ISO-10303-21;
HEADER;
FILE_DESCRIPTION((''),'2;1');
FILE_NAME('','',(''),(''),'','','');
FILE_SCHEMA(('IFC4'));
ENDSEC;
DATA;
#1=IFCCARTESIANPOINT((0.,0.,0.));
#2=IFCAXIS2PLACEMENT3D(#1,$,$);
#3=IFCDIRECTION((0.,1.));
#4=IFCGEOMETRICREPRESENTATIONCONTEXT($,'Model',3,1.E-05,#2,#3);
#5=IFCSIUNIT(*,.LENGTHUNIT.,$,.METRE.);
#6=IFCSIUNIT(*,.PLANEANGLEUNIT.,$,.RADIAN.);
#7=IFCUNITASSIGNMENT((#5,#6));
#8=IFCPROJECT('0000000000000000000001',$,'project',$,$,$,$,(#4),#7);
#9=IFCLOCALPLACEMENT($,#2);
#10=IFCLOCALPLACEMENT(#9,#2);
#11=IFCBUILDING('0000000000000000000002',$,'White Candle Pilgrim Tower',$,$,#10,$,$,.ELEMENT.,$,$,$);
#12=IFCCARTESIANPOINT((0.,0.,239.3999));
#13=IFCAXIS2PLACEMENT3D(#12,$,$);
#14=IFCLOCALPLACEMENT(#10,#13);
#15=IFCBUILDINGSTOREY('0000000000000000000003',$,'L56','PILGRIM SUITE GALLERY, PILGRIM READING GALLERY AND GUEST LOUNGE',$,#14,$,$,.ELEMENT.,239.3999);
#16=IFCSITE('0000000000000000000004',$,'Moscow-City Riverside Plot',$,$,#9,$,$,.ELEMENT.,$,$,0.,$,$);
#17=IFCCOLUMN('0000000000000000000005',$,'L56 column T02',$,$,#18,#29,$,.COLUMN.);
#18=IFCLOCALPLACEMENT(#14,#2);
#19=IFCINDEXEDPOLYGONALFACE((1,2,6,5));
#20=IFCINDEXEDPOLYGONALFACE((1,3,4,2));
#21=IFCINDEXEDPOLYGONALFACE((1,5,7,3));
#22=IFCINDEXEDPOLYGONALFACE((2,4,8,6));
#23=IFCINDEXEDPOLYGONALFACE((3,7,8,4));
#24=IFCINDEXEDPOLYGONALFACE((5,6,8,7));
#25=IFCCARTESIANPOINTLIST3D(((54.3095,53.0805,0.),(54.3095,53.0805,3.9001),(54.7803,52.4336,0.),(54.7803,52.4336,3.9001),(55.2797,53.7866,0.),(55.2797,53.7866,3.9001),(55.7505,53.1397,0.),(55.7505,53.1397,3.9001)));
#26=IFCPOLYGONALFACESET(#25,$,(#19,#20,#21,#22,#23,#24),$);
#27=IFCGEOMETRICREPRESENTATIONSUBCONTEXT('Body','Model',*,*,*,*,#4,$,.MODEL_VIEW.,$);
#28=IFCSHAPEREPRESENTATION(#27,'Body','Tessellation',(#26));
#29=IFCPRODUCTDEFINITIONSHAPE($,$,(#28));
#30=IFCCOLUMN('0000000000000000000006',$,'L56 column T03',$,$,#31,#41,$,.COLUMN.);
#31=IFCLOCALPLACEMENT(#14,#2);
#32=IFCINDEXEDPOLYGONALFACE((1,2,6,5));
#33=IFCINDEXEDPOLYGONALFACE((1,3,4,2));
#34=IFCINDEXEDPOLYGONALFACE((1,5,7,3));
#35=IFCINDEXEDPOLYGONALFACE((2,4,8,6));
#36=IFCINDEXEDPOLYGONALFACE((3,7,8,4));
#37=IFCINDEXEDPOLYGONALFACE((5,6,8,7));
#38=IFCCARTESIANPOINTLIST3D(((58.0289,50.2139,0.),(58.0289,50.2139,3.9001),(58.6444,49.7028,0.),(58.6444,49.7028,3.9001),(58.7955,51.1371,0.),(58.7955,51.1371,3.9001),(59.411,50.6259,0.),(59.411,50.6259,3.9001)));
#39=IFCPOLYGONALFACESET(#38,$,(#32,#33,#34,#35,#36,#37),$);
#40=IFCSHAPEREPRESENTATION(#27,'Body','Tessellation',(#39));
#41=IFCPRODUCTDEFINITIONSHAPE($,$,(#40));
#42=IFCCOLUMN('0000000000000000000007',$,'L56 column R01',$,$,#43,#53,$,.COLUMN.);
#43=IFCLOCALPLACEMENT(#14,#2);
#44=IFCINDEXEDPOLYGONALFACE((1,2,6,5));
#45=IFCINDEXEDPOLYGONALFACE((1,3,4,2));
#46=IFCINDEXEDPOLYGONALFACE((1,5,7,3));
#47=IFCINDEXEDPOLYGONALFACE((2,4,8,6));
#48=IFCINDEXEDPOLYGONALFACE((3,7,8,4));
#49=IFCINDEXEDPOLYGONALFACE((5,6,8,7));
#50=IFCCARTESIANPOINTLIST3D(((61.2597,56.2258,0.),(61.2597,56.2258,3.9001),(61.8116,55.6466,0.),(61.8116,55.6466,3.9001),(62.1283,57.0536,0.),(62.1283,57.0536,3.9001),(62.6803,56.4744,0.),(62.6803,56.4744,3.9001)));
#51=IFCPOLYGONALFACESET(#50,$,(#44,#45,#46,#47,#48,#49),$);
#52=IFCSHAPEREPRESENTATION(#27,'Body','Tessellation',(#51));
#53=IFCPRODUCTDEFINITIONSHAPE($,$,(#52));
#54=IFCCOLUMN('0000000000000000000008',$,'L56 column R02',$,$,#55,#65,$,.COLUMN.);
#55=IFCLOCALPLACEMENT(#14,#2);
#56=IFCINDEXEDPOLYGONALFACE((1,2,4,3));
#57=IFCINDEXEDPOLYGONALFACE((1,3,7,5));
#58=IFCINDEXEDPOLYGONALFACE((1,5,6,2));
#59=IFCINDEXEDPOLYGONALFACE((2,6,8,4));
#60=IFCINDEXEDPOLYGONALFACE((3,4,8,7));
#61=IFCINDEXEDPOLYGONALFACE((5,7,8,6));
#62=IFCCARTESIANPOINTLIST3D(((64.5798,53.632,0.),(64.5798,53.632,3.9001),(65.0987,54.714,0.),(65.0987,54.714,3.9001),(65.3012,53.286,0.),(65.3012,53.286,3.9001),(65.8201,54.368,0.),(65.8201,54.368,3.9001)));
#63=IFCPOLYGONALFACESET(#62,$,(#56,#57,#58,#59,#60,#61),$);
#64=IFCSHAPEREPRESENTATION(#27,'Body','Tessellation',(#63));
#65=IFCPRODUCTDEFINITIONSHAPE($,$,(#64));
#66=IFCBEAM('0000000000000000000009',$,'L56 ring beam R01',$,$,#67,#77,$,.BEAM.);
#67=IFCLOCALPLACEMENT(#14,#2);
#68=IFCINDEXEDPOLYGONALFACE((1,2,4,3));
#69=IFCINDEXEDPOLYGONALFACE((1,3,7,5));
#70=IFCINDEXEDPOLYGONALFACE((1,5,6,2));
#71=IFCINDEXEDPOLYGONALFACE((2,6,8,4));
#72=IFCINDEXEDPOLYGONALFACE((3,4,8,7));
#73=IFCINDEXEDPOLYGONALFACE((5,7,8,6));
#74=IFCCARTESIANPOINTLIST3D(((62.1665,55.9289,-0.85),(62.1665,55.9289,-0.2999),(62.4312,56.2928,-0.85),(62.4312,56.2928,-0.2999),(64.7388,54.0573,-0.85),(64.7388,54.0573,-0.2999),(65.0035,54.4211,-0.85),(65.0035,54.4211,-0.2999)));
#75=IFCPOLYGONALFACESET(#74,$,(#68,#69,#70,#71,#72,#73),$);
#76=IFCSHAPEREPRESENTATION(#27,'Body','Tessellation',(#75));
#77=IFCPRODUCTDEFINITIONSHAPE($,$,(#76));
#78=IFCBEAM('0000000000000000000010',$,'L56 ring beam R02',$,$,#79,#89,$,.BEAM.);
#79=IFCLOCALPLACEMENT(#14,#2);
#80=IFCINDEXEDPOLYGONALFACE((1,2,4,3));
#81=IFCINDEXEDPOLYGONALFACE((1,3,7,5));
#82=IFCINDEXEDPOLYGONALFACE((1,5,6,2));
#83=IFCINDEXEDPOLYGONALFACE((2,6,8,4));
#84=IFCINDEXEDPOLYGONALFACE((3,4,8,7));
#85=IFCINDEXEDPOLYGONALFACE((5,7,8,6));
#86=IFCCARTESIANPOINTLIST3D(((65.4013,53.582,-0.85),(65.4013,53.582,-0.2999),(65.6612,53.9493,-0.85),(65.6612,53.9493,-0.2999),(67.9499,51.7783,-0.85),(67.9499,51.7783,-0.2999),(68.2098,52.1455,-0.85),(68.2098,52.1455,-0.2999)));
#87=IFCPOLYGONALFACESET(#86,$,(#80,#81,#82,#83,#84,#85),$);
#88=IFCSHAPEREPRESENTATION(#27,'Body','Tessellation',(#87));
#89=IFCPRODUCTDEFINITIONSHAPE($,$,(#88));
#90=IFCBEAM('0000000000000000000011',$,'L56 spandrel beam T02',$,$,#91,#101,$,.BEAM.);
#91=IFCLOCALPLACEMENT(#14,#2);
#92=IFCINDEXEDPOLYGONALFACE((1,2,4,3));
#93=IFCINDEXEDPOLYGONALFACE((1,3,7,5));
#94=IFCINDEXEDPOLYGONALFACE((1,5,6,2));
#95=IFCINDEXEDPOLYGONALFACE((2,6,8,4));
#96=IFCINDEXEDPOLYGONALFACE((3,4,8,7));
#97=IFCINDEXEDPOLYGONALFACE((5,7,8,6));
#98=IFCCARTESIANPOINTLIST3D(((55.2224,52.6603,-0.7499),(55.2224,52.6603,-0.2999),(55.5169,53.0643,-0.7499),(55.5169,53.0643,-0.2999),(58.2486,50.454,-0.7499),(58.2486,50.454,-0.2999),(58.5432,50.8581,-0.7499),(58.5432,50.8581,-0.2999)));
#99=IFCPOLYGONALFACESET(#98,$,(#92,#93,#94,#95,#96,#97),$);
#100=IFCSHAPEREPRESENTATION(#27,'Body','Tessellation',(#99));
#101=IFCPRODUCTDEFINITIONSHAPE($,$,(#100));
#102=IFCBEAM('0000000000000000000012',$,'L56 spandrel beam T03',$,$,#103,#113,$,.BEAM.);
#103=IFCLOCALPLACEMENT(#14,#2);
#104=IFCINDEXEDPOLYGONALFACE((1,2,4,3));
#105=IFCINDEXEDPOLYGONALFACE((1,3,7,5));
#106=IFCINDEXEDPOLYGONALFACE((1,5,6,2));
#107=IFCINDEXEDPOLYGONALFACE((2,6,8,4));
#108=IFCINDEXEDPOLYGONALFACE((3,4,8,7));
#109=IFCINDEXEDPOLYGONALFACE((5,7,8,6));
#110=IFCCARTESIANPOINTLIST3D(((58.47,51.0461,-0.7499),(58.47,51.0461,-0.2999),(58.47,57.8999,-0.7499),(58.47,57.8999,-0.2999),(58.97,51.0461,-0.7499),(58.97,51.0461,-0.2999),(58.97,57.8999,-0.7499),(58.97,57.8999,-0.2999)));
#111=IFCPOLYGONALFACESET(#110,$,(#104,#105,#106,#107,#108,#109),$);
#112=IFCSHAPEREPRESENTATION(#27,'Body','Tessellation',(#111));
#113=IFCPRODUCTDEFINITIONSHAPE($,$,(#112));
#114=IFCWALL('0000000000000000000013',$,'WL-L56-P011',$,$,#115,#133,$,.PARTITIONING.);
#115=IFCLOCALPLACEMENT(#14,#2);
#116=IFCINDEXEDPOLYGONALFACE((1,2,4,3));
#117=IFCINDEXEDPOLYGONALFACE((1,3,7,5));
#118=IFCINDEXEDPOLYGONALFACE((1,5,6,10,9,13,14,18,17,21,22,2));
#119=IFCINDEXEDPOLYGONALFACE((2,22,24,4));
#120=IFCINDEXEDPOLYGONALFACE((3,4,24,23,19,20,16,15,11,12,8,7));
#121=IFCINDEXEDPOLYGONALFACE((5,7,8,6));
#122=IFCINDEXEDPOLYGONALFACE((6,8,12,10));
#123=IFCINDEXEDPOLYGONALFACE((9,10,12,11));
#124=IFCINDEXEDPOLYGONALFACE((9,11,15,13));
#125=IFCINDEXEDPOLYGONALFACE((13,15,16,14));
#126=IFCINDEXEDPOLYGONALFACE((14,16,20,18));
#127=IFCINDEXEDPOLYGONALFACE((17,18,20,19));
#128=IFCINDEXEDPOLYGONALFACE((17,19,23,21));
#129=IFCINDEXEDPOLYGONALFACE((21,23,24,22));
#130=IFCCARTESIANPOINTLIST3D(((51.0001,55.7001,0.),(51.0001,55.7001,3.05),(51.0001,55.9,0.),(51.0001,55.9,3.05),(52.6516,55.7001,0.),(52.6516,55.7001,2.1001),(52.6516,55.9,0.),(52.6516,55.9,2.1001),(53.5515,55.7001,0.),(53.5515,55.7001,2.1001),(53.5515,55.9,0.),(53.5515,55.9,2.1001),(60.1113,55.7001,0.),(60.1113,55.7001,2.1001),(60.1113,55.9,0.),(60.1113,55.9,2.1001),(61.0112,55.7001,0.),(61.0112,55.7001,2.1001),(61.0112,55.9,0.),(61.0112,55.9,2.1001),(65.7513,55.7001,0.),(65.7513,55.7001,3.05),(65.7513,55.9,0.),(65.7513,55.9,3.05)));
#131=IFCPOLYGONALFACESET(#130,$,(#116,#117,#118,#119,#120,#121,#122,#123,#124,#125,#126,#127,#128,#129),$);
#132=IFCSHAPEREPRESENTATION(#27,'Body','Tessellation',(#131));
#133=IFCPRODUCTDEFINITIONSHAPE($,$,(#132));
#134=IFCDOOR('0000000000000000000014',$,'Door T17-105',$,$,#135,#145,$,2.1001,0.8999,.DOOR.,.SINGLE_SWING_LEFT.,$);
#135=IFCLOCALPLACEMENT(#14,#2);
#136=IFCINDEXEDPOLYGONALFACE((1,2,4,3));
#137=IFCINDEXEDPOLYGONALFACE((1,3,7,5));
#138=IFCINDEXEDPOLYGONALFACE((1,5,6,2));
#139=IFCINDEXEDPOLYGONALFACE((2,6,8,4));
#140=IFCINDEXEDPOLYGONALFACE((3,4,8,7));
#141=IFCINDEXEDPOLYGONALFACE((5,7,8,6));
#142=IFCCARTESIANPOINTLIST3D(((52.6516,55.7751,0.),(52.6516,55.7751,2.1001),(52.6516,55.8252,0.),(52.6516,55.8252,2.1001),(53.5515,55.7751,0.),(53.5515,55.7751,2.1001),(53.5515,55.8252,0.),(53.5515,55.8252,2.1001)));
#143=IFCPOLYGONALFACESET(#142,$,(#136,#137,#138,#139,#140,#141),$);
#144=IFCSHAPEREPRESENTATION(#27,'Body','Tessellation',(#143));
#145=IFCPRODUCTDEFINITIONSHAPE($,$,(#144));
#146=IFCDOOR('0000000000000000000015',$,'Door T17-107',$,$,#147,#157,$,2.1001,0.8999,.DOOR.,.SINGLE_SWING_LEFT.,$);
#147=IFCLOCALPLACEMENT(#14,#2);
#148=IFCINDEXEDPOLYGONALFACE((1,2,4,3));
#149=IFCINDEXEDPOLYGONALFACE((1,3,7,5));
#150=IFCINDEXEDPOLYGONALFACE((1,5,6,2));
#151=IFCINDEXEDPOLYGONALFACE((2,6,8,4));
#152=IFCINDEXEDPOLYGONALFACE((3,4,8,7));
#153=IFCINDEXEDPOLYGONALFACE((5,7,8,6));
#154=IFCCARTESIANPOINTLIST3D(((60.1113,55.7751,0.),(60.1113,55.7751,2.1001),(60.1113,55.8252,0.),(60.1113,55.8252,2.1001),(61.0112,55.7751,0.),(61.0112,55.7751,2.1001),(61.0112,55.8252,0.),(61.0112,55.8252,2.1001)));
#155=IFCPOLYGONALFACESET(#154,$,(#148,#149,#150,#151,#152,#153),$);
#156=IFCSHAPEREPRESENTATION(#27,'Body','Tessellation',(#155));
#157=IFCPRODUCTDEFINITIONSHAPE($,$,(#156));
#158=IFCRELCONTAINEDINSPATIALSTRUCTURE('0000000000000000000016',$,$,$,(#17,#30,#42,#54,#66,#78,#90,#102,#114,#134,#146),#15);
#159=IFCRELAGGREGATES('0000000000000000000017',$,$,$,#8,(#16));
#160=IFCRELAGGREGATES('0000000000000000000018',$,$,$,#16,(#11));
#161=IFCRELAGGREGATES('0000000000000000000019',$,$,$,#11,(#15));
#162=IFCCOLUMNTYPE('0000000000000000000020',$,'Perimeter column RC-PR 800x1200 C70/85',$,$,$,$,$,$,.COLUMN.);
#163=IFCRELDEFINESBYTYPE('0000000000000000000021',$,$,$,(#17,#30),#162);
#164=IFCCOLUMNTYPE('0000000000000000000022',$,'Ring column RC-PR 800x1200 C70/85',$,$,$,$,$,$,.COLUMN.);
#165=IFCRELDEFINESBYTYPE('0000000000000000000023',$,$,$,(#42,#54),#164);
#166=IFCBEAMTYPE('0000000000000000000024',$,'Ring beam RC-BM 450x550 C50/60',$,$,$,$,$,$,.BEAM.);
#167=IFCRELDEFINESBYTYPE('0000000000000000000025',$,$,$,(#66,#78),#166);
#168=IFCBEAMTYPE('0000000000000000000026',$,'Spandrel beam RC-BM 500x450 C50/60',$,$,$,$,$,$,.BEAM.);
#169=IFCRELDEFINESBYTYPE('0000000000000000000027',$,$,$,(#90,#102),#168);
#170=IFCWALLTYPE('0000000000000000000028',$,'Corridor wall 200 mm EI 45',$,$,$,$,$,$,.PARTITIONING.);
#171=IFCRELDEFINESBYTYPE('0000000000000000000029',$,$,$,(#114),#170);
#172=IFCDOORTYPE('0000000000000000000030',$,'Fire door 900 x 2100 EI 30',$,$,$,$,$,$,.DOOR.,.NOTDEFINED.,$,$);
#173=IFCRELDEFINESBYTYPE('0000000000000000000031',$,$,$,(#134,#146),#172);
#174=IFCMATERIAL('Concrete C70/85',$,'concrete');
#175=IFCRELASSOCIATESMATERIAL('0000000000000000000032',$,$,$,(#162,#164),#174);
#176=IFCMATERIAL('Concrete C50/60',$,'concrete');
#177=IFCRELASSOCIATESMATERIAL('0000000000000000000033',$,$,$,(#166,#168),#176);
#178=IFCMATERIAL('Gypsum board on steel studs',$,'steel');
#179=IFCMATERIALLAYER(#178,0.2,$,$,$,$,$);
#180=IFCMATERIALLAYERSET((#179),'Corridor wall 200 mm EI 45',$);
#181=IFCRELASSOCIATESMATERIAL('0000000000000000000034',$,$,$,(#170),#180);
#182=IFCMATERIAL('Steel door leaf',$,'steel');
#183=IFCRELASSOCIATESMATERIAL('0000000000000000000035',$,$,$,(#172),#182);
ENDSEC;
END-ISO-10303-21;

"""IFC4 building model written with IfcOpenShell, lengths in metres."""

from ifc_helpers import new_model, si_unit, direction, frame, frame_2d, origin, origin_2d, place, context, subcontext, project, spatial, rectangle, extrude, material, layer, layer_set, material_profile, profile_set, type_object, element, fill, save


model = new_model("IFC4")

# Units and contexts
model_context = context("Model", 3, precision=1e-05, world=origin(), true_north=direction((0.0, 1.0)))
body_context = subcontext(model_context, "Body", "Model", "MODEL_VIEW")
ifc_project = project(units=[si_unit("LENGTHUNIT", "METRE"), si_unit("PLANEANGLEUNIT", "RADIAN")], contexts=[model_context])

# Site, building, storey
site_placement = place(None, origin())
site = spatial("IfcSite", under=ifc_project, at=site_placement, Name="Moscow-City Riverside Plot", CompositionType="ELEMENT", RefElevation=0.0)
building_placement = place(site_placement, origin())
building = spatial("IfcBuilding", under=site, at=building_placement, Name="White Candle Pilgrim Tower", CompositionType="ELEMENT")
storey_placement = place(building_placement, frame((0.0, 0.0, 239.3999)))
storey = spatial("IfcBuildingStorey", under=building, at=storey_placement, Name="L56", Description="PILGRIM SUITE GALLERY, PILGRIM READING GALLERY AND GUEST LOUNGE", CompositionType="ELEMENT", Elevation=239.3999)

# Columns
ifc_material_1 = material(Name="Concrete C70/85", Category="concrete")
ifc_material_profile_1 = material_profile(ifc_material_1, rectangle(XDim=0.8, YDim=1.2, at=origin_2d()), Name="RC-PR 800x1200")
ifc_profile_set_1 = profile_set([ifc_material_profile_1], Name="Concrete C70/85")
column_type_1 = type_object("IfcColumnType", Name="Perimeter column RC-PR 800x1200 C70/85", PredefinedType="COLUMN", material=ifc_profile_set_1)
for number, where, z_axis, x_axis, name in (
    (1, (55.03, 53.1101, 0.0), (0.0, 0.0, 1.0), (-0.588463, 0.808524, 0.0), "L56 column T02"),
    (2, (58.72, 50.4199, 0.0), (0.0, 0.0, 1.0), (-0.76931, 0.638875, 0.0), "L56 column T03"),
):
    element("IfcColumn", number, at=place(storey_placement, frame(where, z_axis=z_axis, x_axis=x_axis)), inside=storey, type_object=column_type_1, Name=name, PredefinedType="COLUMN", context=body_context, shape_type="SweptSolid", body=[
        extrude(rectangle(XDim=0.8, YDim=1.2, at=origin_2d()), origin(), (0.0, 0.0, 1.0), 3.9001),
    ])
ifc_material_profile_2 = material_profile(ifc_material_1, rectangle(XDim=0.8, YDim=1.2, at=origin_2d()), Name="RC-PR 800x1200")
ifc_profile_set_2 = profile_set([ifc_material_profile_2], Name="Concrete C70/85")
column_type_2 = type_object("IfcColumnType", Name="Ring column RC-PR 800x1200 C70/85", PredefinedType="COLUMN", material=ifc_profile_set_2)
for number, where, z_axis, x_axis, name in (
    (3, (61.97, 56.3501, 0.0), (0.0, 0.0, 1.0), (-0.689872, 0.723931, 0.0), "L56 column R01"),
    (4, (65.2, 54.0, 0.0), (0.0, 0.0, 1.0), (-0.901689, 0.432385, 0.0), "L56 column R02"),
):
    element("IfcColumn", number, at=place(storey_placement, frame(where, z_axis=z_axis, x_axis=x_axis)), inside=storey, type_object=column_type_2, Name=name, PredefinedType="COLUMN", context=body_context, shape_type="SweptSolid", body=[
        extrude(rectangle(XDim=0.8, YDim=1.2, at=origin_2d()), origin(), (0.0, 0.0, 1.0), 3.9001),
    ])

# Beams
ifc_material_2 = material(Name="Concrete C50/60", Category="concrete")
ifc_material_profile_3 = material_profile(ifc_material_2, rectangle(XDim=0.45, YDim=0.55, at=origin_2d()), Name="RC-BM 450x550")
ifc_profile_set_3 = profile_set([ifc_material_profile_3], Name="Concrete C50/60")
beam_type_1 = type_object("IfcBeamType", Name="Ring beam RC-BM 450x550 C50/60", PredefinedType="BEAM", material=ifc_profile_set_3)
beam_1_placement = place(storey_placement, frame((62.2988, 56.1108, -0.575), z_axis=(0.80861, -0.588345, 0.0), x_axis=(0.588345, 0.80861, 0.0)))
element("IfcBeam", 5, at=beam_1_placement, inside=storey, type_object=beam_type_1, Name="L56 ring beam R01", PredefinedType="BEAM", context=body_context, shape_type="SweptSolid", body=[
    extrude(rectangle(XDim=0.45, YDim=0.55, at=origin_2d()), origin(), (0.0, 0.0, 1.0), 3.1812),
])
beam_2_placement = place(storey_placement, frame((65.5312, 53.7656, -0.575), z_axis=(0.816256, -0.57769, 0.0), x_axis=(0.57769, 0.816256, 0.0)))
element("IfcBeam", 6, at=beam_2_placement, inside=storey, type_object=beam_type_1, Name="L56 ring beam R02", PredefinedType="BEAM", context=body_context, shape_type="SweptSolid", body=[
    extrude(rectangle(XDim=0.45, YDim=0.55, at=origin_2d()), origin(), (0.0, 0.0, 1.0), 3.1223),
])
ifc_material_profile_4 = material_profile(ifc_material_2, rectangle(XDim=0.5, YDim=0.45, at=origin_2d()), Name="RC-BM 500x450")
ifc_profile_set_4 = profile_set([ifc_material_profile_4], Name="Concrete C50/60")
beam_type_2 = type_object("IfcBeamType", Name="Spandrel beam RC-BM 500x450 C50/60", PredefinedType="BEAM", material=ifc_profile_set_4)
beam_3_placement = place(storey_placement, frame((55.3696, 52.8623, -0.5249), z_axis=(0.808062, -0.589098, 0.0), x_axis=(0.589098, 0.808062, 0.0)))
element("IfcBeam", 7, at=beam_3_placement, inside=storey, type_object=beam_type_2, Name="L56 spandrel beam T02", PredefinedType="BEAM", context=body_context, shape_type="SweptSolid", body=[
    extrude(rectangle(XDim=0.5, YDim=0.45, at=origin_2d()), origin(), (0.0, 0.0, 1.0), 3.7451),
])
beam_4_placement = place(storey_placement, frame((58.72, 51.0461, -0.5249), z_axis=(0.0, 1.0, 0.0), x_axis=(-1.0, 0.0, 0.0)))
element("IfcBeam", 8, at=beam_4_placement, inside=storey, type_object=beam_type_2, Name="L56 spandrel beam T03", PredefinedType="BEAM", context=body_context, shape_type="SweptSolid", body=[
    extrude(rectangle(XDim=0.5, YDim=0.45, at=origin_2d()), origin(), (0.0, 0.0, 1.0), 6.8538),
])

# Wall, openings, doors
ifc_material_3 = material(Name="Gypsum board on steel studs", Category="steel")
ifc_layer_1 = layer(ifc_material_3, 0.2)
ifc_layer_set_1 = layer_set([ifc_layer_1], Name="Corridor wall 200 mm EI 45")
wall_type_1 = type_object("IfcWallType", Name="Corridor wall 200 mm EI 45", PredefinedType="PARTITIONING", material=ifc_layer_set_1)
wall_1_placement = place(storey_placement, frame((65.7512, 55.8, 0.0), z_axis=(0.0, 0.0, 1.0), x_axis=(-1.0, 0.0, 0.0)))
wall_1 = element("IfcWall", 9, at=wall_1_placement, inside=storey, type_object=wall_type_1, Name="WL-L56-P011", PredefinedType="PARTITIONING", context=body_context, shape_type="SweptSolid", body=[
    extrude(rectangle(XDim=14.7512, YDim=0.2, at=frame_2d((7.3755, 0.0))), origin(), (0.0, 0.0, 1.0), 3.05),
])
opening_1_placement = place(wall_1_placement, frame((12.1997, 0.0, 0.0)))
opening_1 = element("IfcOpeningElement", 10, at=opening_1_placement, cuts=wall_1, PredefinedType="OPENING", context=body_context, shape_type="SweptSolid", body=[
    extrude(rectangle(XDim=0.8999, YDim=2.1001, at=frame_2d((0.45, 1.05))), frame((0.0, 0.1099, 0.0), z_axis=(0.0, -1.0, 0.0), x_axis=(1.0, 0.0, 0.0)), (0.0, 0.0, 1.0), 0.22),
])
opening_2_placement = place(wall_1_placement, frame((4.74, 0.0, 0.0)))
opening_2 = element("IfcOpeningElement", 11, at=opening_2_placement, cuts=wall_1, PredefinedType="OPENING", context=body_context, shape_type="SweptSolid", body=[
    extrude(rectangle(XDim=0.8999, YDim=2.1001, at=frame_2d((0.45, 1.05))), frame((0.0, 0.1099, 0.0), z_axis=(0.0, -1.0, 0.0), x_axis=(1.0, 0.0, 0.0)), (0.0, 0.0, 1.0), 0.22),
])
ifc_material_4 = material(Name="Steel door leaf", Category="steel")
door_type_1 = type_object("IfcDoorType", Name="Fire door 900 x 2100 EI 30", OperationType="NOTDEFINED", PredefinedType="DOOR", material=ifc_material_4)
door_1_placement = place(opening_1_placement, origin())
door_1 = element("IfcDoor", 12, at=door_1_placement, inside=storey, type_object=door_type_1, Name="Door T17-105", OperationType="SINGLE_SWING_LEFT", OverallHeight=2.1001, OverallWidth=0.8999, PredefinedType="DOOR", context=body_context, shape_type="SweptSolid", body=[
    extrude(rectangle(XDim=0.8999, YDim=2.1001, at=frame_2d((0.45, 1.05))), frame((0.0, 0.0249, 0.0), z_axis=(0.0, -1.0, 0.0), x_axis=(1.0, 0.0, 0.0)), (0.0, 0.0, 1.0), 0.05),
])
fill(opening_1, door_1)
door_2_placement = place(opening_2_placement, origin())
door_2 = element("IfcDoor", 13, at=door_2_placement, inside=storey, type_object=door_type_1, Name="Door T17-107", OperationType="SINGLE_SWING_LEFT", OverallHeight=2.1001, OverallWidth=0.8999, PredefinedType="DOOR", context=body_context, shape_type="SweptSolid", body=[
    extrude(rectangle(XDim=0.8999, YDim=2.1001, at=frame_2d((0.45, 1.05))), frame((0.0, 0.0249, 0.0), z_axis=(0.0, -1.0, 0.0), x_axis=(1.0, 0.0, 0.0)), (0.0, 0.0, 1.0), 0.05),
])
fill(opening_2, door_2)

save(model, "model.ifc")
